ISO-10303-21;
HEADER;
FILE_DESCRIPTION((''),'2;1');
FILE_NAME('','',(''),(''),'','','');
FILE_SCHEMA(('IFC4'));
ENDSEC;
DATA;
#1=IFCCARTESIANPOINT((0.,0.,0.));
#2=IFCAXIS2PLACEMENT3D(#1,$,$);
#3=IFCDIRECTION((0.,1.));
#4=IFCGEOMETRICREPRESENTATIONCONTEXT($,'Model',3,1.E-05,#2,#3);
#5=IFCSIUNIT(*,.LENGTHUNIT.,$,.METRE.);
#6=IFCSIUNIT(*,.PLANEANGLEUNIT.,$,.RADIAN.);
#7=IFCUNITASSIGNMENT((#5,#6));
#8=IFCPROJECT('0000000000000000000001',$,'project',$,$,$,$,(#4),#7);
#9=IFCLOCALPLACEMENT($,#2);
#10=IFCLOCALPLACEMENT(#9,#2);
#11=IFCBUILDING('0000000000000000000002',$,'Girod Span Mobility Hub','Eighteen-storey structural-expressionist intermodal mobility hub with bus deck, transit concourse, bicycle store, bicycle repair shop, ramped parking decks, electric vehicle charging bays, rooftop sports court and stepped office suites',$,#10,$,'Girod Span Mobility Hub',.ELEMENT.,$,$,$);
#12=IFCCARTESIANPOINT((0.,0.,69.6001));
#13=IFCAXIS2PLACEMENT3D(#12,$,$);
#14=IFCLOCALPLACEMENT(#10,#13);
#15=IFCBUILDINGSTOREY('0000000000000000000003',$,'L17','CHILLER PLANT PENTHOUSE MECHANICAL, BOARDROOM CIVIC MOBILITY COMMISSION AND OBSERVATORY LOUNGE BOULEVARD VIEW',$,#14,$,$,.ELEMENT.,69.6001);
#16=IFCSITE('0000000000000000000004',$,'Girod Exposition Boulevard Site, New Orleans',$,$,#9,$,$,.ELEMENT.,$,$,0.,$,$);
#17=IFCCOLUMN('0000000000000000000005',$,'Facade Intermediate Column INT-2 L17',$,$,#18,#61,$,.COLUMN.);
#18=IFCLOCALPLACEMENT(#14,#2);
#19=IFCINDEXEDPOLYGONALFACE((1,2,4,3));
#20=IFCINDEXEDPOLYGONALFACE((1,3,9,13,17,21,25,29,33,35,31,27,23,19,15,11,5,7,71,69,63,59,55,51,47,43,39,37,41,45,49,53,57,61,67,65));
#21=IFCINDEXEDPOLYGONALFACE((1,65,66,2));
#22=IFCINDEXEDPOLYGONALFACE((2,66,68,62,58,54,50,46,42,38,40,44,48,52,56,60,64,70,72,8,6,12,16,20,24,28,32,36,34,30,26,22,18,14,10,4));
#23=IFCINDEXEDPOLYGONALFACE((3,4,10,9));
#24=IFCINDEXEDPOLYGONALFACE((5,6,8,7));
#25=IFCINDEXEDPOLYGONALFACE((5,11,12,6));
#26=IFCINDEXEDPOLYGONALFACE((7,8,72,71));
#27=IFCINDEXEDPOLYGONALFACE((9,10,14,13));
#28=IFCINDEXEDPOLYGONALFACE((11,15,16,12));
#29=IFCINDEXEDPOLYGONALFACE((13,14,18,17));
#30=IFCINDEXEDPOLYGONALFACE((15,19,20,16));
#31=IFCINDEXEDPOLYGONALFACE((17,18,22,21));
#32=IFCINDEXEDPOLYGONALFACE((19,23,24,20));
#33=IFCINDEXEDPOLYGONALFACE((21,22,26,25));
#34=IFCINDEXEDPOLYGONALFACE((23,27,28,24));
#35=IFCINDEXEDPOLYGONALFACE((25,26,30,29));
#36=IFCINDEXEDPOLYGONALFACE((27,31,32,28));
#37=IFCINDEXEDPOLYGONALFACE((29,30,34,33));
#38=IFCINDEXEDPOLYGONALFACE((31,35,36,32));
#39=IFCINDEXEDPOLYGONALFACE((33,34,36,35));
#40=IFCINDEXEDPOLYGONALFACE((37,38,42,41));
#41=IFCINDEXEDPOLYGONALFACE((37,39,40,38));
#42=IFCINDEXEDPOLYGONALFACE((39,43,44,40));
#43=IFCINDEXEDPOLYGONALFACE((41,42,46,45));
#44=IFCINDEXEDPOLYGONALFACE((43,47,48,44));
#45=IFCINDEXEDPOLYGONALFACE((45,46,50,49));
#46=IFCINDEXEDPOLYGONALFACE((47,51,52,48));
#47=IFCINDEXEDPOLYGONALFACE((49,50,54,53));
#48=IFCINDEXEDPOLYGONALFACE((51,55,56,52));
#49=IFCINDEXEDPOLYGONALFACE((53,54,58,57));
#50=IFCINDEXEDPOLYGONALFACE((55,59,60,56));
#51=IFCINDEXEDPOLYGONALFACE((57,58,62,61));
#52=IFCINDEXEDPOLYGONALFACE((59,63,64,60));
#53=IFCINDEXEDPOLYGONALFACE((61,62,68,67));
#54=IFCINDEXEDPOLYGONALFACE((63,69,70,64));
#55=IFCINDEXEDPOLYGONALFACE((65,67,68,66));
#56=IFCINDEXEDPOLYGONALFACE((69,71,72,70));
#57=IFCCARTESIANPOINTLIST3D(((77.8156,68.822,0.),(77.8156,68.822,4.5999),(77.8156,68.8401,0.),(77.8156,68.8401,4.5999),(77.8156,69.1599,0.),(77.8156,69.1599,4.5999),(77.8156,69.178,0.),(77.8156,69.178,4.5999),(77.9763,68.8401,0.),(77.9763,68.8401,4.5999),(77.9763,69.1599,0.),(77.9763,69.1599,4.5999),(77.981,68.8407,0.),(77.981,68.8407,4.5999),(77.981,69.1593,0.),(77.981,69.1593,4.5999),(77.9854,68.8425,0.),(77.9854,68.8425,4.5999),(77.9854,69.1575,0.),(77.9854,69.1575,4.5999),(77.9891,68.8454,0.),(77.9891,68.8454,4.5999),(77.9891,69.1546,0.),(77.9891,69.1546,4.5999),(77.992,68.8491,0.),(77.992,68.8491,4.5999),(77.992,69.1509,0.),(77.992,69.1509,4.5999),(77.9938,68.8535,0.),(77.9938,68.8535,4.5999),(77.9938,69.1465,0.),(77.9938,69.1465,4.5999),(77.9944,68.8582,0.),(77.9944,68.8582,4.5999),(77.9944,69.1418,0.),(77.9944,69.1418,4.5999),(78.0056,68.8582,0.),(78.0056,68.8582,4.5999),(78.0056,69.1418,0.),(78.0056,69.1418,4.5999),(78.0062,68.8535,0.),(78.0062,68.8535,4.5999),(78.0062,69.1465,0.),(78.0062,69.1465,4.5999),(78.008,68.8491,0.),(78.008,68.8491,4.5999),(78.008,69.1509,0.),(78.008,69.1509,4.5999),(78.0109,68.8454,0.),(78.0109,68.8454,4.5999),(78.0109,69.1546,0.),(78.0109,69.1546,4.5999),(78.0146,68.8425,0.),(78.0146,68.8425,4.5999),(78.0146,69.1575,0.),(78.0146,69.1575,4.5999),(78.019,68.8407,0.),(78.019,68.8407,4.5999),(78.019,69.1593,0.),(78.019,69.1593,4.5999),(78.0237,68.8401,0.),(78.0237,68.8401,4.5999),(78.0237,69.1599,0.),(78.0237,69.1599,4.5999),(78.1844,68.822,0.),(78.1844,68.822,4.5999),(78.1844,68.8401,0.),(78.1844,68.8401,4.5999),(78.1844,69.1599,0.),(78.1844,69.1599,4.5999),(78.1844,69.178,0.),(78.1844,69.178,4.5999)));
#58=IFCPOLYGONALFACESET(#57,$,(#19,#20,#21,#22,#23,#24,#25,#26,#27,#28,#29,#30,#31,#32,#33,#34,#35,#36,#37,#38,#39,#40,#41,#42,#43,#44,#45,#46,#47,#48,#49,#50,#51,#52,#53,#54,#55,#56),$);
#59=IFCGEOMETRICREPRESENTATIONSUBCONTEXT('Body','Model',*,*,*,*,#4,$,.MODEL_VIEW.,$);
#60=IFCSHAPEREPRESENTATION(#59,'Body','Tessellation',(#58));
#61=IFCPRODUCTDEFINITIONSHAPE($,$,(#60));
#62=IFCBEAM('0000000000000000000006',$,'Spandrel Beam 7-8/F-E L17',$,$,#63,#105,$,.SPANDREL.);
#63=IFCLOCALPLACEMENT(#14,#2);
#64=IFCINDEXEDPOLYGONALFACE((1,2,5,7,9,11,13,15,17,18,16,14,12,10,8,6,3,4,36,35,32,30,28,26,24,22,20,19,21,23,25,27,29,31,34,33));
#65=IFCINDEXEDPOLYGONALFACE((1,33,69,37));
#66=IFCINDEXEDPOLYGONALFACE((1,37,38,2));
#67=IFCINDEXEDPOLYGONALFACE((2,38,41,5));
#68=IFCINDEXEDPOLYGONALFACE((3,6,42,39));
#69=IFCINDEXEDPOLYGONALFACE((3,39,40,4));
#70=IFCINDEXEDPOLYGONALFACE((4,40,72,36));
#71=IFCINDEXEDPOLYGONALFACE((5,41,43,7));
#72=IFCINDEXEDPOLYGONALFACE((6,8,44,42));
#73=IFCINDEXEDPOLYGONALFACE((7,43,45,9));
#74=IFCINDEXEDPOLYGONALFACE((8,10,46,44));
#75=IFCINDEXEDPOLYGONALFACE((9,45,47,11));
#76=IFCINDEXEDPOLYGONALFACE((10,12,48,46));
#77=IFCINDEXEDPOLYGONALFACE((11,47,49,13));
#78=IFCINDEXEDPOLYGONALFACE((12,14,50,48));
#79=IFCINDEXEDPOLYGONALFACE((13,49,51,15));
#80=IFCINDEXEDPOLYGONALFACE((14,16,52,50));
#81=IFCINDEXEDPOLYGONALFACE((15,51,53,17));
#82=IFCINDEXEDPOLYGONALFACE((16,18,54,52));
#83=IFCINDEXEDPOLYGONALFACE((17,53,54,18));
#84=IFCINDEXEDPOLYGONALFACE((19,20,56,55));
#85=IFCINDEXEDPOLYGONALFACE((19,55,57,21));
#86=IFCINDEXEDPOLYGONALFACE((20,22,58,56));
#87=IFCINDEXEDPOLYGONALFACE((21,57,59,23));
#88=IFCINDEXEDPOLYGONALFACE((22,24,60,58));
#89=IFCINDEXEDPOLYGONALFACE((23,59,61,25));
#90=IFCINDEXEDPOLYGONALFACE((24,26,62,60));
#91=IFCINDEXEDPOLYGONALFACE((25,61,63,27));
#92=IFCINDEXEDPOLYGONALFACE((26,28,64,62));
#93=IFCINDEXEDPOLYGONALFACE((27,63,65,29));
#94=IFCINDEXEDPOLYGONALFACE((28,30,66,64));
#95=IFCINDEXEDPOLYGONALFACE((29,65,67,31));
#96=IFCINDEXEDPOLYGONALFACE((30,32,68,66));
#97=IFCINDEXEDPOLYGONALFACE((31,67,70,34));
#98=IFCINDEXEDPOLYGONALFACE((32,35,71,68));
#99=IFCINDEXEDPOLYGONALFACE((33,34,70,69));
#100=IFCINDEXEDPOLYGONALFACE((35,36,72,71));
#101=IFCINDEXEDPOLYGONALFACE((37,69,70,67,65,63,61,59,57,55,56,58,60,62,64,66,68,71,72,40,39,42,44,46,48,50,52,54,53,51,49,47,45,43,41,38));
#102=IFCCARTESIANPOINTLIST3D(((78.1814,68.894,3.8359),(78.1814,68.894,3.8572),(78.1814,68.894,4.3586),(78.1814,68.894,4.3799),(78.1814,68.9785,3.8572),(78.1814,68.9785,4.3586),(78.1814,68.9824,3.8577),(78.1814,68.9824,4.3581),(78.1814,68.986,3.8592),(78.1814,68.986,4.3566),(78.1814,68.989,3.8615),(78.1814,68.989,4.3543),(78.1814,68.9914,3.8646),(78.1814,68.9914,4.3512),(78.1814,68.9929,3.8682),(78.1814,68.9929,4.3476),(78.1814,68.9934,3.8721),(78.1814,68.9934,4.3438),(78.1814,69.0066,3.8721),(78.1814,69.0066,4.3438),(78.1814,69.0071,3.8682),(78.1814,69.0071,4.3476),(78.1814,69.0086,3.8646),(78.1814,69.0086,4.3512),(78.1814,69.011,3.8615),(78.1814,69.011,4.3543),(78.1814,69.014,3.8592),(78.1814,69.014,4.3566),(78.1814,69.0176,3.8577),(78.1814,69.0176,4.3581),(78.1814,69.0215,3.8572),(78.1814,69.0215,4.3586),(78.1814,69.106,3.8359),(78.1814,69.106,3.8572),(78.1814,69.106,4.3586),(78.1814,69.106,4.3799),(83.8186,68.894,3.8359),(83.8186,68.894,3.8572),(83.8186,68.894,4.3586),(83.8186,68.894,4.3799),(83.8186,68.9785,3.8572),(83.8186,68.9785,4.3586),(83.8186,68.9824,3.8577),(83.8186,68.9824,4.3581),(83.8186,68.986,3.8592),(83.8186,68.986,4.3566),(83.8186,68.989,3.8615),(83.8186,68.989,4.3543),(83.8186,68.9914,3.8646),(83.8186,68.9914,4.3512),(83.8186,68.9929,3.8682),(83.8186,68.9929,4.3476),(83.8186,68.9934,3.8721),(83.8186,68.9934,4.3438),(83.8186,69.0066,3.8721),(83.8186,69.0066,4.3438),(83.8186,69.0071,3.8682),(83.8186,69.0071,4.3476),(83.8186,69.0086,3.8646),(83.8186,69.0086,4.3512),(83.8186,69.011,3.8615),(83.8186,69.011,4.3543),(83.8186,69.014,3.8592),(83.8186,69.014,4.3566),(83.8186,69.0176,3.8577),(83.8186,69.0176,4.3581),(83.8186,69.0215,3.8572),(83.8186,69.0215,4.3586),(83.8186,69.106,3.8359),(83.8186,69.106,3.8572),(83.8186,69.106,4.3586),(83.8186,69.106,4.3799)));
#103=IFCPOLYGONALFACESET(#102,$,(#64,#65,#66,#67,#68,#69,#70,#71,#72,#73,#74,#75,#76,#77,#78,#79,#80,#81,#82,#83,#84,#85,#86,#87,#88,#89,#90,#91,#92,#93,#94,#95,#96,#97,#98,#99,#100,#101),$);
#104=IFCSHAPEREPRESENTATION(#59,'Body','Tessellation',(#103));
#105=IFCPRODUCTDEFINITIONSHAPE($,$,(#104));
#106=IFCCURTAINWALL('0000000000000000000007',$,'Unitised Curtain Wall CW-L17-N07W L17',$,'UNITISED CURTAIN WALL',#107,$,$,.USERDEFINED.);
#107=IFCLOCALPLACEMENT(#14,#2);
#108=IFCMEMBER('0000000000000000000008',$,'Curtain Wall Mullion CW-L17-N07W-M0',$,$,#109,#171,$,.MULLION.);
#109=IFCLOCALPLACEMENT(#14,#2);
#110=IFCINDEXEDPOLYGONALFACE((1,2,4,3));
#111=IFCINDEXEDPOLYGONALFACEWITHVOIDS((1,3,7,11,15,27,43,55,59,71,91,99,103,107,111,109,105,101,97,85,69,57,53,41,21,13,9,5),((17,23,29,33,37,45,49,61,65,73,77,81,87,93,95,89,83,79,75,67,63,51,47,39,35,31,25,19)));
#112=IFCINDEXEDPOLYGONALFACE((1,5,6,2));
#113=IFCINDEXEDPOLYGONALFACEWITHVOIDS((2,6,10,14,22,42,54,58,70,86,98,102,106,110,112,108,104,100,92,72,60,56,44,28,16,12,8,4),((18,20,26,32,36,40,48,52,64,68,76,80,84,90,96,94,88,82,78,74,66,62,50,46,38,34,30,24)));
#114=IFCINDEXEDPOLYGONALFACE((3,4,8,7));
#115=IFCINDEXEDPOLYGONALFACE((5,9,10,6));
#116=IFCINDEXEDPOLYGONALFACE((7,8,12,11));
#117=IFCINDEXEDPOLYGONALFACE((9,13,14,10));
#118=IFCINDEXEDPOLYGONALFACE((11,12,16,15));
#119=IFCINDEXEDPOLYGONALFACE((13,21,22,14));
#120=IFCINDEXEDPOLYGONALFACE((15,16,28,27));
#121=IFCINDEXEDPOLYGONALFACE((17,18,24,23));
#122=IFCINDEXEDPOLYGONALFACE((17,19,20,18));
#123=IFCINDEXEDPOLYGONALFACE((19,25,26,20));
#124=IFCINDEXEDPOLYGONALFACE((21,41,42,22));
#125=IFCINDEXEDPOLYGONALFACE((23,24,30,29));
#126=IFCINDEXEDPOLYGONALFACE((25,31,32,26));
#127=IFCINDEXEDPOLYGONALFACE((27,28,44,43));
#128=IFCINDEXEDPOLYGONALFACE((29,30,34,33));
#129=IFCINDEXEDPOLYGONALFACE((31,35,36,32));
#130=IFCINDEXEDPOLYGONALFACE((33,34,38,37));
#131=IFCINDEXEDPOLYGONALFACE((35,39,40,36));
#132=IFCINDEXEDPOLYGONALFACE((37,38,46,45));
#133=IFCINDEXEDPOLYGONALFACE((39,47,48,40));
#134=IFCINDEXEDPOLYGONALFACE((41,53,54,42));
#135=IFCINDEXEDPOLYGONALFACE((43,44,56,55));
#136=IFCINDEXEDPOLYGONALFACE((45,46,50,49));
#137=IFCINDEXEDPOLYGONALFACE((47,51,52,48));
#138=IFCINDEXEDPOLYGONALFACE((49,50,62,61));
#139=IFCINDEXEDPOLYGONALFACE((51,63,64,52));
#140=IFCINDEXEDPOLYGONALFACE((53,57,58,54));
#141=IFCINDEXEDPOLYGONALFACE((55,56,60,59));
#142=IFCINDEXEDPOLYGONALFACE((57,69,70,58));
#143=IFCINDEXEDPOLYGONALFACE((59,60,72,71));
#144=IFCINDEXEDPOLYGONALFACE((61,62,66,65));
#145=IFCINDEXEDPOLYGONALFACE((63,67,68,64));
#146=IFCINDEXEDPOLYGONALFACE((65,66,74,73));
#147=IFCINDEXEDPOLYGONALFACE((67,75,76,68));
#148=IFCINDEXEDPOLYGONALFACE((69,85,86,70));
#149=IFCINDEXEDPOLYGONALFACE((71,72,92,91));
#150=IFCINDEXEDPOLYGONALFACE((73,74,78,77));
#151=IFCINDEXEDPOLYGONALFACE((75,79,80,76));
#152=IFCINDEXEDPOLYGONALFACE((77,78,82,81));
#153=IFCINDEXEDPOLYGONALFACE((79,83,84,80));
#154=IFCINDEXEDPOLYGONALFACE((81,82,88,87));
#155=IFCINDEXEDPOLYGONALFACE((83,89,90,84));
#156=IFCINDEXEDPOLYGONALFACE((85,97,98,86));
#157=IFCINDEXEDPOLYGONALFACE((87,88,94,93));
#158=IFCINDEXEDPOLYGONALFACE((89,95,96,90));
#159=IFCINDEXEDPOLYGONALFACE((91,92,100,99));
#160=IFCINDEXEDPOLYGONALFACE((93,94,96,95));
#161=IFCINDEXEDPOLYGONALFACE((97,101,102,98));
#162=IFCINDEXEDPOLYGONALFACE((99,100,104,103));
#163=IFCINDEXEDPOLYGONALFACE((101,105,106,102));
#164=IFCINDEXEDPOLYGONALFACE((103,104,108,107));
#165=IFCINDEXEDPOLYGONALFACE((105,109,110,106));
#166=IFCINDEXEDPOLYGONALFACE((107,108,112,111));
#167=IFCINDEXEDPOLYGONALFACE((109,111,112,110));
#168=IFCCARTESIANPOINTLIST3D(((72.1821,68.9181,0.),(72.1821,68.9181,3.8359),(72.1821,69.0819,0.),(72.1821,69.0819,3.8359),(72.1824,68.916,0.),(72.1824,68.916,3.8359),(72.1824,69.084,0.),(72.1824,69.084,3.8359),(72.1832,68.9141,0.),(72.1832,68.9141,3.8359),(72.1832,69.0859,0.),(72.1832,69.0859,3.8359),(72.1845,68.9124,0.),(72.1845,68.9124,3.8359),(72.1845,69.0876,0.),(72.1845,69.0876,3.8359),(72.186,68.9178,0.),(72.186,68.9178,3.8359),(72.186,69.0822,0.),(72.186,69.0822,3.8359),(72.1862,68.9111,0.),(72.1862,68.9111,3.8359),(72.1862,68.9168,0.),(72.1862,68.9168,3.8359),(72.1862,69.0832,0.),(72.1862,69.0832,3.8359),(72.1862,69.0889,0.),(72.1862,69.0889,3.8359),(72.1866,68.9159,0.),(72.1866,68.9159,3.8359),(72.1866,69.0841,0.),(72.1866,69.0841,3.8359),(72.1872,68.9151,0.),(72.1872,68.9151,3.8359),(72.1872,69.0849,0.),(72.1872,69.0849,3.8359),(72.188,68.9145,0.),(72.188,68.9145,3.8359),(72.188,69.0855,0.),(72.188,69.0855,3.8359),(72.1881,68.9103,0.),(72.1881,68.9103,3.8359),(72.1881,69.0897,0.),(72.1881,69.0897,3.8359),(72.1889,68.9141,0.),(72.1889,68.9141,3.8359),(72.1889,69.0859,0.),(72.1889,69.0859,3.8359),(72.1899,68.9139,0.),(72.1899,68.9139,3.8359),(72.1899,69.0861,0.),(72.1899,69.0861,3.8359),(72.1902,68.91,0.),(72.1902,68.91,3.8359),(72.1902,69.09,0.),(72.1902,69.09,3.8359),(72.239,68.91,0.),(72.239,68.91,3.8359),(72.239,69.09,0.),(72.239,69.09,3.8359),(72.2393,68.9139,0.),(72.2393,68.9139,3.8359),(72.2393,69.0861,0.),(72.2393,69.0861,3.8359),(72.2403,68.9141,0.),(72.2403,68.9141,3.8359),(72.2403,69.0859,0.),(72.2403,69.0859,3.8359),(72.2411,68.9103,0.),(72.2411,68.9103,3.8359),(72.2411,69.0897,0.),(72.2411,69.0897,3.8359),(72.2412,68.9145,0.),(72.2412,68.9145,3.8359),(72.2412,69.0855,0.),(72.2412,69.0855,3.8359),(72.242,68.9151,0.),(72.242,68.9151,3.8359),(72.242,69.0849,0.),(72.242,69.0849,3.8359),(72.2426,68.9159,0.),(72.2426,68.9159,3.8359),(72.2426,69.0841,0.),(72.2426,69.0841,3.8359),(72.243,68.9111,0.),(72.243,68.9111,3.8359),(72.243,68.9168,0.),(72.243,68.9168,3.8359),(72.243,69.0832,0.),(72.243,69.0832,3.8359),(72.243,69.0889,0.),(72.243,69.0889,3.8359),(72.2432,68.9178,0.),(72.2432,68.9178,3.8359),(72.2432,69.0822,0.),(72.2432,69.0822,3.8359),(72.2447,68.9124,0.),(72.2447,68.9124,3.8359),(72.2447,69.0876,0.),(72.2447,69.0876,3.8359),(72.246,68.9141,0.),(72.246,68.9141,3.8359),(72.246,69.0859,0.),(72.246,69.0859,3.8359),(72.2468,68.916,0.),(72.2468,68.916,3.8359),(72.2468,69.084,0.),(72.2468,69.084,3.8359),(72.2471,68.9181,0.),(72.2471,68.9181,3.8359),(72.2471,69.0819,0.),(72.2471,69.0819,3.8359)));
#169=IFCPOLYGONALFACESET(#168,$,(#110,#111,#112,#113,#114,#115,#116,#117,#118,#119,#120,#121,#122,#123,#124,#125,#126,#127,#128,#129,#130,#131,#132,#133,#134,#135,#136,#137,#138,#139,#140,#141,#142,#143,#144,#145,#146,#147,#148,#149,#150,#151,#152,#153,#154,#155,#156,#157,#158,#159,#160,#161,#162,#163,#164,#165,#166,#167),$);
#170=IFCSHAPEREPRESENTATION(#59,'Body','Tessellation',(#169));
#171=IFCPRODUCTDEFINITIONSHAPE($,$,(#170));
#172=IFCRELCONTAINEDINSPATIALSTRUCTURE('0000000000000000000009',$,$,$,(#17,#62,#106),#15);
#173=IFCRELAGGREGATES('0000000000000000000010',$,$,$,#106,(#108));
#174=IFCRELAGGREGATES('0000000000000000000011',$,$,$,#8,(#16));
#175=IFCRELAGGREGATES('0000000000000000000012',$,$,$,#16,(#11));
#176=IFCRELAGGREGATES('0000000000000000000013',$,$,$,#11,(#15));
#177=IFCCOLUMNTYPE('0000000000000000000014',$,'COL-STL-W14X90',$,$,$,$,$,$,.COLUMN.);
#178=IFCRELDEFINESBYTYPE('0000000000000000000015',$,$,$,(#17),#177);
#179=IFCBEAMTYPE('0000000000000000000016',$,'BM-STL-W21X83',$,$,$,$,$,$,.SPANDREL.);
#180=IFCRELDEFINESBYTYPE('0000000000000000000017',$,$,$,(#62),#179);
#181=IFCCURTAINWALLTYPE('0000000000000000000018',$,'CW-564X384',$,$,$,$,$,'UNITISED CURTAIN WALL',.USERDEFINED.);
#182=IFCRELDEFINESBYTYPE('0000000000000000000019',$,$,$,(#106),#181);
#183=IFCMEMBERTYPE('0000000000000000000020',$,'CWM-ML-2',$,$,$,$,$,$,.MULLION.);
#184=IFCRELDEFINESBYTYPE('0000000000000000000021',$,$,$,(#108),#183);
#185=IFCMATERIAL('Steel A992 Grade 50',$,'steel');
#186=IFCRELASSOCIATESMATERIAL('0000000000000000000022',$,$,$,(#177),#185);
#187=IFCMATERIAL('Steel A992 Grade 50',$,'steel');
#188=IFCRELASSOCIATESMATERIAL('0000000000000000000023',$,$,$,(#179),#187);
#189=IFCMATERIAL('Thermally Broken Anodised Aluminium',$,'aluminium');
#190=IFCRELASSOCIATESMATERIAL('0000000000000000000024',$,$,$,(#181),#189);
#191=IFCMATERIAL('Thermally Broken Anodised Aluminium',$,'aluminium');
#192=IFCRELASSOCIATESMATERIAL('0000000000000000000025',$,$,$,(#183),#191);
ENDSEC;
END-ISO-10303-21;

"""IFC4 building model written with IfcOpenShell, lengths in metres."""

from ifc_helpers import new_model, si_unit, direction, frame, origin, origin_2d, place, context, subcontext, project, spatial, hollow_rectangle, i_section, extrude, material, material_profile, profile_set, type_object, element, aggregate, save


model = new_model("IFC4")

# Units and contexts
model_context = context("Model", 3, precision=1e-05, world=origin(), true_north=direction((0.0, 1.0)))
body_context = subcontext(model_context, "Body", "Model", "MODEL_VIEW")
ifc_project = project(units=[si_unit("LENGTHUNIT", "METRE"), si_unit("PLANEANGLEUNIT", "RADIAN")], contexts=[model_context])

# Site, building, storey
site_placement = place(None, origin())
site = spatial("IfcSite", under=ifc_project, at=site_placement, Name="Girod Exposition Boulevard Site, New Orleans", CompositionType="ELEMENT", RefElevation=0.0)
building_placement = place(site_placement, origin())
building = spatial("IfcBuilding", under=site, at=building_placement, Name="Girod Span Mobility Hub", Description="Eighteen-storey structural-expressionist intermodal mobility hub with bus deck, transit concourse, bicycle store, bicycle repair shop, ramped parking decks, electric vehicle charging bays, rooftop sports court and stepped office suites", LongName="Girod Span Mobility Hub", CompositionType="ELEMENT")
storey_placement = place(building_placement, frame((0.0, 0.0, 69.6001)))
storey = spatial("IfcBuildingStorey", under=building, at=storey_placement, Name="L17", Description="CHILLER PLANT PENTHOUSE MECHANICAL, BOARDROOM CIVIC MOBILITY COMMISSION AND OBSERVATORY LOUNGE BOULEVARD VIEW", CompositionType="ELEMENT", Elevation=69.6001)

# Column
ifc_material_1 = material(Name="Steel A992 Grade 50", Category="steel")
ifc_material_profile_1 = material_profile(ifc_material_1, i_section(OverallWidth=0.3689, OverallDepth=0.356, WebThickness=0.0112, FlangeThickness=0.0181, FilletRadius=0.0181, at=origin_2d()), Name="W14X90")
ifc_profile_set_1 = profile_set([ifc_material_profile_1], Name="Steel A992 Grade 50")
column_type = type_object("IfcColumnType", Name="COL-STL-W14X90", PredefinedType="COLUMN", material=ifc_profile_set_1)
column_placement = place(storey_placement, frame((78.0, 69.0, 0.0), z_axis=(0.0, 0.0, 1.0), x_axis=(1.0, 0.0, 0.0)))
element("IfcColumn", 1, at=column_placement, inside=storey, type_object=column_type, Name="Facade Intermediate Column INT-2 L17", PredefinedType="COLUMN", context=body_context, shape_type="SweptSolid", body=[
    extrude(i_section(OverallWidth=0.3689, OverallDepth=0.356, WebThickness=0.0112, FlangeThickness=0.0181, FilletRadius=0.0181, at=origin_2d()), origin(), (0.0, 0.0, 1.0), 4.5999),
])

# Beam
ifc_material_2 = material(Name="Steel A992 Grade 50", Category="steel")
ifc_material_profile_2 = material_profile(ifc_material_2, i_section(OverallWidth=0.2119, OverallDepth=0.5439, WebThickness=0.0132, FlangeThickness=0.0212, FilletRadius=0.0149, at=origin_2d()), Name="W21X83")
ifc_profile_set_2 = profile_set([ifc_material_profile_2], Name="Steel A992 Grade 50")
beam_type = type_object("IfcBeamType", Name="BM-STL-W21X83", PredefinedType="SPANDREL", material=ifc_profile_set_2)
beam_placement = place(storey_placement, frame((78.1814, 69.0, 4.1079), z_axis=(1.0, 0.0, 0.0), x_axis=(0.0, 1.0, 0.0)))
element("IfcBeam", 2, at=beam_placement, inside=storey, type_object=beam_type, Name="Spandrel Beam 7-8/F-E L17", PredefinedType="SPANDREL", context=body_context, shape_type="SweptSolid", body=[
    extrude(i_section(OverallWidth=0.2119, OverallDepth=0.5439, WebThickness=0.0132, FlangeThickness=0.0212, FilletRadius=0.0149, at=origin_2d()), origin(), (0.0, 0.0, 1.0), 5.6372),
])

# Curtain wall, member
ifc_material_3 = material(Name="Thermally Broken Anodised Aluminium", Category="aluminium")
curtain_wall_type = type_object("IfcCurtainWallType", Name="CW-564X384", ElementType="UNITISED CURTAIN WALL", PredefinedType="USERDEFINED", material=ifc_material_3)
curtain_wall_1_placement = place(storey_placement, origin())
curtain_wall_1 = element("IfcCurtainWall", 3, at=curtain_wall_1_placement, inside=storey, type_object=curtain_wall_type, Name="Unitised Curtain Wall CW-L17-N07W L17", ObjectType="UNITISED CURTAIN WALL", PredefinedType="USERDEFINED")
ifc_material_4 = material(Name="Thermally Broken Anodised Aluminium", Category="aluminium")
ifc_material_profile_3 = material_profile(ifc_material_4, hollow_rectangle(XDim=0.1799, YDim=0.0649, WallThickness=0.0039, InnerFilletRadius=0.0039, OuterFilletRadius=0.0081, at=origin_2d()), Name="CW-ML-65X180")
ifc_profile_set_3 = profile_set([ifc_material_profile_3], Name="Thermally Broken Anodised Aluminium")
member_type_1 = type_object("IfcMemberType", Name="CWM-ML-2", PredefinedType="MULLION", material=ifc_profile_set_3)
member_1_placement = place(storey_placement, frame((72.2146, 69.0, 0.0), z_axis=(0.0, 0.0, 1.0), x_axis=(0.0, 1.0, 0.0)))
member_1 = element("IfcMember", 4, at=member_1_placement, type_object=member_type_1, Name="Curtain Wall Mullion CW-L17-N07W-M0", PredefinedType="MULLION", context=body_context, shape_type="SweptSolid", body=[
    extrude(hollow_rectangle(XDim=0.1799, YDim=0.0649, WallThickness=0.0039, InnerFilletRadius=0.0039, OuterFilletRadius=0.0081, at=origin_2d()), origin(), (0.0, 0.0, 1.0), 3.8359),
])

aggregate(curtain_wall_1, [member_1])

save(model, "model.ifc")
